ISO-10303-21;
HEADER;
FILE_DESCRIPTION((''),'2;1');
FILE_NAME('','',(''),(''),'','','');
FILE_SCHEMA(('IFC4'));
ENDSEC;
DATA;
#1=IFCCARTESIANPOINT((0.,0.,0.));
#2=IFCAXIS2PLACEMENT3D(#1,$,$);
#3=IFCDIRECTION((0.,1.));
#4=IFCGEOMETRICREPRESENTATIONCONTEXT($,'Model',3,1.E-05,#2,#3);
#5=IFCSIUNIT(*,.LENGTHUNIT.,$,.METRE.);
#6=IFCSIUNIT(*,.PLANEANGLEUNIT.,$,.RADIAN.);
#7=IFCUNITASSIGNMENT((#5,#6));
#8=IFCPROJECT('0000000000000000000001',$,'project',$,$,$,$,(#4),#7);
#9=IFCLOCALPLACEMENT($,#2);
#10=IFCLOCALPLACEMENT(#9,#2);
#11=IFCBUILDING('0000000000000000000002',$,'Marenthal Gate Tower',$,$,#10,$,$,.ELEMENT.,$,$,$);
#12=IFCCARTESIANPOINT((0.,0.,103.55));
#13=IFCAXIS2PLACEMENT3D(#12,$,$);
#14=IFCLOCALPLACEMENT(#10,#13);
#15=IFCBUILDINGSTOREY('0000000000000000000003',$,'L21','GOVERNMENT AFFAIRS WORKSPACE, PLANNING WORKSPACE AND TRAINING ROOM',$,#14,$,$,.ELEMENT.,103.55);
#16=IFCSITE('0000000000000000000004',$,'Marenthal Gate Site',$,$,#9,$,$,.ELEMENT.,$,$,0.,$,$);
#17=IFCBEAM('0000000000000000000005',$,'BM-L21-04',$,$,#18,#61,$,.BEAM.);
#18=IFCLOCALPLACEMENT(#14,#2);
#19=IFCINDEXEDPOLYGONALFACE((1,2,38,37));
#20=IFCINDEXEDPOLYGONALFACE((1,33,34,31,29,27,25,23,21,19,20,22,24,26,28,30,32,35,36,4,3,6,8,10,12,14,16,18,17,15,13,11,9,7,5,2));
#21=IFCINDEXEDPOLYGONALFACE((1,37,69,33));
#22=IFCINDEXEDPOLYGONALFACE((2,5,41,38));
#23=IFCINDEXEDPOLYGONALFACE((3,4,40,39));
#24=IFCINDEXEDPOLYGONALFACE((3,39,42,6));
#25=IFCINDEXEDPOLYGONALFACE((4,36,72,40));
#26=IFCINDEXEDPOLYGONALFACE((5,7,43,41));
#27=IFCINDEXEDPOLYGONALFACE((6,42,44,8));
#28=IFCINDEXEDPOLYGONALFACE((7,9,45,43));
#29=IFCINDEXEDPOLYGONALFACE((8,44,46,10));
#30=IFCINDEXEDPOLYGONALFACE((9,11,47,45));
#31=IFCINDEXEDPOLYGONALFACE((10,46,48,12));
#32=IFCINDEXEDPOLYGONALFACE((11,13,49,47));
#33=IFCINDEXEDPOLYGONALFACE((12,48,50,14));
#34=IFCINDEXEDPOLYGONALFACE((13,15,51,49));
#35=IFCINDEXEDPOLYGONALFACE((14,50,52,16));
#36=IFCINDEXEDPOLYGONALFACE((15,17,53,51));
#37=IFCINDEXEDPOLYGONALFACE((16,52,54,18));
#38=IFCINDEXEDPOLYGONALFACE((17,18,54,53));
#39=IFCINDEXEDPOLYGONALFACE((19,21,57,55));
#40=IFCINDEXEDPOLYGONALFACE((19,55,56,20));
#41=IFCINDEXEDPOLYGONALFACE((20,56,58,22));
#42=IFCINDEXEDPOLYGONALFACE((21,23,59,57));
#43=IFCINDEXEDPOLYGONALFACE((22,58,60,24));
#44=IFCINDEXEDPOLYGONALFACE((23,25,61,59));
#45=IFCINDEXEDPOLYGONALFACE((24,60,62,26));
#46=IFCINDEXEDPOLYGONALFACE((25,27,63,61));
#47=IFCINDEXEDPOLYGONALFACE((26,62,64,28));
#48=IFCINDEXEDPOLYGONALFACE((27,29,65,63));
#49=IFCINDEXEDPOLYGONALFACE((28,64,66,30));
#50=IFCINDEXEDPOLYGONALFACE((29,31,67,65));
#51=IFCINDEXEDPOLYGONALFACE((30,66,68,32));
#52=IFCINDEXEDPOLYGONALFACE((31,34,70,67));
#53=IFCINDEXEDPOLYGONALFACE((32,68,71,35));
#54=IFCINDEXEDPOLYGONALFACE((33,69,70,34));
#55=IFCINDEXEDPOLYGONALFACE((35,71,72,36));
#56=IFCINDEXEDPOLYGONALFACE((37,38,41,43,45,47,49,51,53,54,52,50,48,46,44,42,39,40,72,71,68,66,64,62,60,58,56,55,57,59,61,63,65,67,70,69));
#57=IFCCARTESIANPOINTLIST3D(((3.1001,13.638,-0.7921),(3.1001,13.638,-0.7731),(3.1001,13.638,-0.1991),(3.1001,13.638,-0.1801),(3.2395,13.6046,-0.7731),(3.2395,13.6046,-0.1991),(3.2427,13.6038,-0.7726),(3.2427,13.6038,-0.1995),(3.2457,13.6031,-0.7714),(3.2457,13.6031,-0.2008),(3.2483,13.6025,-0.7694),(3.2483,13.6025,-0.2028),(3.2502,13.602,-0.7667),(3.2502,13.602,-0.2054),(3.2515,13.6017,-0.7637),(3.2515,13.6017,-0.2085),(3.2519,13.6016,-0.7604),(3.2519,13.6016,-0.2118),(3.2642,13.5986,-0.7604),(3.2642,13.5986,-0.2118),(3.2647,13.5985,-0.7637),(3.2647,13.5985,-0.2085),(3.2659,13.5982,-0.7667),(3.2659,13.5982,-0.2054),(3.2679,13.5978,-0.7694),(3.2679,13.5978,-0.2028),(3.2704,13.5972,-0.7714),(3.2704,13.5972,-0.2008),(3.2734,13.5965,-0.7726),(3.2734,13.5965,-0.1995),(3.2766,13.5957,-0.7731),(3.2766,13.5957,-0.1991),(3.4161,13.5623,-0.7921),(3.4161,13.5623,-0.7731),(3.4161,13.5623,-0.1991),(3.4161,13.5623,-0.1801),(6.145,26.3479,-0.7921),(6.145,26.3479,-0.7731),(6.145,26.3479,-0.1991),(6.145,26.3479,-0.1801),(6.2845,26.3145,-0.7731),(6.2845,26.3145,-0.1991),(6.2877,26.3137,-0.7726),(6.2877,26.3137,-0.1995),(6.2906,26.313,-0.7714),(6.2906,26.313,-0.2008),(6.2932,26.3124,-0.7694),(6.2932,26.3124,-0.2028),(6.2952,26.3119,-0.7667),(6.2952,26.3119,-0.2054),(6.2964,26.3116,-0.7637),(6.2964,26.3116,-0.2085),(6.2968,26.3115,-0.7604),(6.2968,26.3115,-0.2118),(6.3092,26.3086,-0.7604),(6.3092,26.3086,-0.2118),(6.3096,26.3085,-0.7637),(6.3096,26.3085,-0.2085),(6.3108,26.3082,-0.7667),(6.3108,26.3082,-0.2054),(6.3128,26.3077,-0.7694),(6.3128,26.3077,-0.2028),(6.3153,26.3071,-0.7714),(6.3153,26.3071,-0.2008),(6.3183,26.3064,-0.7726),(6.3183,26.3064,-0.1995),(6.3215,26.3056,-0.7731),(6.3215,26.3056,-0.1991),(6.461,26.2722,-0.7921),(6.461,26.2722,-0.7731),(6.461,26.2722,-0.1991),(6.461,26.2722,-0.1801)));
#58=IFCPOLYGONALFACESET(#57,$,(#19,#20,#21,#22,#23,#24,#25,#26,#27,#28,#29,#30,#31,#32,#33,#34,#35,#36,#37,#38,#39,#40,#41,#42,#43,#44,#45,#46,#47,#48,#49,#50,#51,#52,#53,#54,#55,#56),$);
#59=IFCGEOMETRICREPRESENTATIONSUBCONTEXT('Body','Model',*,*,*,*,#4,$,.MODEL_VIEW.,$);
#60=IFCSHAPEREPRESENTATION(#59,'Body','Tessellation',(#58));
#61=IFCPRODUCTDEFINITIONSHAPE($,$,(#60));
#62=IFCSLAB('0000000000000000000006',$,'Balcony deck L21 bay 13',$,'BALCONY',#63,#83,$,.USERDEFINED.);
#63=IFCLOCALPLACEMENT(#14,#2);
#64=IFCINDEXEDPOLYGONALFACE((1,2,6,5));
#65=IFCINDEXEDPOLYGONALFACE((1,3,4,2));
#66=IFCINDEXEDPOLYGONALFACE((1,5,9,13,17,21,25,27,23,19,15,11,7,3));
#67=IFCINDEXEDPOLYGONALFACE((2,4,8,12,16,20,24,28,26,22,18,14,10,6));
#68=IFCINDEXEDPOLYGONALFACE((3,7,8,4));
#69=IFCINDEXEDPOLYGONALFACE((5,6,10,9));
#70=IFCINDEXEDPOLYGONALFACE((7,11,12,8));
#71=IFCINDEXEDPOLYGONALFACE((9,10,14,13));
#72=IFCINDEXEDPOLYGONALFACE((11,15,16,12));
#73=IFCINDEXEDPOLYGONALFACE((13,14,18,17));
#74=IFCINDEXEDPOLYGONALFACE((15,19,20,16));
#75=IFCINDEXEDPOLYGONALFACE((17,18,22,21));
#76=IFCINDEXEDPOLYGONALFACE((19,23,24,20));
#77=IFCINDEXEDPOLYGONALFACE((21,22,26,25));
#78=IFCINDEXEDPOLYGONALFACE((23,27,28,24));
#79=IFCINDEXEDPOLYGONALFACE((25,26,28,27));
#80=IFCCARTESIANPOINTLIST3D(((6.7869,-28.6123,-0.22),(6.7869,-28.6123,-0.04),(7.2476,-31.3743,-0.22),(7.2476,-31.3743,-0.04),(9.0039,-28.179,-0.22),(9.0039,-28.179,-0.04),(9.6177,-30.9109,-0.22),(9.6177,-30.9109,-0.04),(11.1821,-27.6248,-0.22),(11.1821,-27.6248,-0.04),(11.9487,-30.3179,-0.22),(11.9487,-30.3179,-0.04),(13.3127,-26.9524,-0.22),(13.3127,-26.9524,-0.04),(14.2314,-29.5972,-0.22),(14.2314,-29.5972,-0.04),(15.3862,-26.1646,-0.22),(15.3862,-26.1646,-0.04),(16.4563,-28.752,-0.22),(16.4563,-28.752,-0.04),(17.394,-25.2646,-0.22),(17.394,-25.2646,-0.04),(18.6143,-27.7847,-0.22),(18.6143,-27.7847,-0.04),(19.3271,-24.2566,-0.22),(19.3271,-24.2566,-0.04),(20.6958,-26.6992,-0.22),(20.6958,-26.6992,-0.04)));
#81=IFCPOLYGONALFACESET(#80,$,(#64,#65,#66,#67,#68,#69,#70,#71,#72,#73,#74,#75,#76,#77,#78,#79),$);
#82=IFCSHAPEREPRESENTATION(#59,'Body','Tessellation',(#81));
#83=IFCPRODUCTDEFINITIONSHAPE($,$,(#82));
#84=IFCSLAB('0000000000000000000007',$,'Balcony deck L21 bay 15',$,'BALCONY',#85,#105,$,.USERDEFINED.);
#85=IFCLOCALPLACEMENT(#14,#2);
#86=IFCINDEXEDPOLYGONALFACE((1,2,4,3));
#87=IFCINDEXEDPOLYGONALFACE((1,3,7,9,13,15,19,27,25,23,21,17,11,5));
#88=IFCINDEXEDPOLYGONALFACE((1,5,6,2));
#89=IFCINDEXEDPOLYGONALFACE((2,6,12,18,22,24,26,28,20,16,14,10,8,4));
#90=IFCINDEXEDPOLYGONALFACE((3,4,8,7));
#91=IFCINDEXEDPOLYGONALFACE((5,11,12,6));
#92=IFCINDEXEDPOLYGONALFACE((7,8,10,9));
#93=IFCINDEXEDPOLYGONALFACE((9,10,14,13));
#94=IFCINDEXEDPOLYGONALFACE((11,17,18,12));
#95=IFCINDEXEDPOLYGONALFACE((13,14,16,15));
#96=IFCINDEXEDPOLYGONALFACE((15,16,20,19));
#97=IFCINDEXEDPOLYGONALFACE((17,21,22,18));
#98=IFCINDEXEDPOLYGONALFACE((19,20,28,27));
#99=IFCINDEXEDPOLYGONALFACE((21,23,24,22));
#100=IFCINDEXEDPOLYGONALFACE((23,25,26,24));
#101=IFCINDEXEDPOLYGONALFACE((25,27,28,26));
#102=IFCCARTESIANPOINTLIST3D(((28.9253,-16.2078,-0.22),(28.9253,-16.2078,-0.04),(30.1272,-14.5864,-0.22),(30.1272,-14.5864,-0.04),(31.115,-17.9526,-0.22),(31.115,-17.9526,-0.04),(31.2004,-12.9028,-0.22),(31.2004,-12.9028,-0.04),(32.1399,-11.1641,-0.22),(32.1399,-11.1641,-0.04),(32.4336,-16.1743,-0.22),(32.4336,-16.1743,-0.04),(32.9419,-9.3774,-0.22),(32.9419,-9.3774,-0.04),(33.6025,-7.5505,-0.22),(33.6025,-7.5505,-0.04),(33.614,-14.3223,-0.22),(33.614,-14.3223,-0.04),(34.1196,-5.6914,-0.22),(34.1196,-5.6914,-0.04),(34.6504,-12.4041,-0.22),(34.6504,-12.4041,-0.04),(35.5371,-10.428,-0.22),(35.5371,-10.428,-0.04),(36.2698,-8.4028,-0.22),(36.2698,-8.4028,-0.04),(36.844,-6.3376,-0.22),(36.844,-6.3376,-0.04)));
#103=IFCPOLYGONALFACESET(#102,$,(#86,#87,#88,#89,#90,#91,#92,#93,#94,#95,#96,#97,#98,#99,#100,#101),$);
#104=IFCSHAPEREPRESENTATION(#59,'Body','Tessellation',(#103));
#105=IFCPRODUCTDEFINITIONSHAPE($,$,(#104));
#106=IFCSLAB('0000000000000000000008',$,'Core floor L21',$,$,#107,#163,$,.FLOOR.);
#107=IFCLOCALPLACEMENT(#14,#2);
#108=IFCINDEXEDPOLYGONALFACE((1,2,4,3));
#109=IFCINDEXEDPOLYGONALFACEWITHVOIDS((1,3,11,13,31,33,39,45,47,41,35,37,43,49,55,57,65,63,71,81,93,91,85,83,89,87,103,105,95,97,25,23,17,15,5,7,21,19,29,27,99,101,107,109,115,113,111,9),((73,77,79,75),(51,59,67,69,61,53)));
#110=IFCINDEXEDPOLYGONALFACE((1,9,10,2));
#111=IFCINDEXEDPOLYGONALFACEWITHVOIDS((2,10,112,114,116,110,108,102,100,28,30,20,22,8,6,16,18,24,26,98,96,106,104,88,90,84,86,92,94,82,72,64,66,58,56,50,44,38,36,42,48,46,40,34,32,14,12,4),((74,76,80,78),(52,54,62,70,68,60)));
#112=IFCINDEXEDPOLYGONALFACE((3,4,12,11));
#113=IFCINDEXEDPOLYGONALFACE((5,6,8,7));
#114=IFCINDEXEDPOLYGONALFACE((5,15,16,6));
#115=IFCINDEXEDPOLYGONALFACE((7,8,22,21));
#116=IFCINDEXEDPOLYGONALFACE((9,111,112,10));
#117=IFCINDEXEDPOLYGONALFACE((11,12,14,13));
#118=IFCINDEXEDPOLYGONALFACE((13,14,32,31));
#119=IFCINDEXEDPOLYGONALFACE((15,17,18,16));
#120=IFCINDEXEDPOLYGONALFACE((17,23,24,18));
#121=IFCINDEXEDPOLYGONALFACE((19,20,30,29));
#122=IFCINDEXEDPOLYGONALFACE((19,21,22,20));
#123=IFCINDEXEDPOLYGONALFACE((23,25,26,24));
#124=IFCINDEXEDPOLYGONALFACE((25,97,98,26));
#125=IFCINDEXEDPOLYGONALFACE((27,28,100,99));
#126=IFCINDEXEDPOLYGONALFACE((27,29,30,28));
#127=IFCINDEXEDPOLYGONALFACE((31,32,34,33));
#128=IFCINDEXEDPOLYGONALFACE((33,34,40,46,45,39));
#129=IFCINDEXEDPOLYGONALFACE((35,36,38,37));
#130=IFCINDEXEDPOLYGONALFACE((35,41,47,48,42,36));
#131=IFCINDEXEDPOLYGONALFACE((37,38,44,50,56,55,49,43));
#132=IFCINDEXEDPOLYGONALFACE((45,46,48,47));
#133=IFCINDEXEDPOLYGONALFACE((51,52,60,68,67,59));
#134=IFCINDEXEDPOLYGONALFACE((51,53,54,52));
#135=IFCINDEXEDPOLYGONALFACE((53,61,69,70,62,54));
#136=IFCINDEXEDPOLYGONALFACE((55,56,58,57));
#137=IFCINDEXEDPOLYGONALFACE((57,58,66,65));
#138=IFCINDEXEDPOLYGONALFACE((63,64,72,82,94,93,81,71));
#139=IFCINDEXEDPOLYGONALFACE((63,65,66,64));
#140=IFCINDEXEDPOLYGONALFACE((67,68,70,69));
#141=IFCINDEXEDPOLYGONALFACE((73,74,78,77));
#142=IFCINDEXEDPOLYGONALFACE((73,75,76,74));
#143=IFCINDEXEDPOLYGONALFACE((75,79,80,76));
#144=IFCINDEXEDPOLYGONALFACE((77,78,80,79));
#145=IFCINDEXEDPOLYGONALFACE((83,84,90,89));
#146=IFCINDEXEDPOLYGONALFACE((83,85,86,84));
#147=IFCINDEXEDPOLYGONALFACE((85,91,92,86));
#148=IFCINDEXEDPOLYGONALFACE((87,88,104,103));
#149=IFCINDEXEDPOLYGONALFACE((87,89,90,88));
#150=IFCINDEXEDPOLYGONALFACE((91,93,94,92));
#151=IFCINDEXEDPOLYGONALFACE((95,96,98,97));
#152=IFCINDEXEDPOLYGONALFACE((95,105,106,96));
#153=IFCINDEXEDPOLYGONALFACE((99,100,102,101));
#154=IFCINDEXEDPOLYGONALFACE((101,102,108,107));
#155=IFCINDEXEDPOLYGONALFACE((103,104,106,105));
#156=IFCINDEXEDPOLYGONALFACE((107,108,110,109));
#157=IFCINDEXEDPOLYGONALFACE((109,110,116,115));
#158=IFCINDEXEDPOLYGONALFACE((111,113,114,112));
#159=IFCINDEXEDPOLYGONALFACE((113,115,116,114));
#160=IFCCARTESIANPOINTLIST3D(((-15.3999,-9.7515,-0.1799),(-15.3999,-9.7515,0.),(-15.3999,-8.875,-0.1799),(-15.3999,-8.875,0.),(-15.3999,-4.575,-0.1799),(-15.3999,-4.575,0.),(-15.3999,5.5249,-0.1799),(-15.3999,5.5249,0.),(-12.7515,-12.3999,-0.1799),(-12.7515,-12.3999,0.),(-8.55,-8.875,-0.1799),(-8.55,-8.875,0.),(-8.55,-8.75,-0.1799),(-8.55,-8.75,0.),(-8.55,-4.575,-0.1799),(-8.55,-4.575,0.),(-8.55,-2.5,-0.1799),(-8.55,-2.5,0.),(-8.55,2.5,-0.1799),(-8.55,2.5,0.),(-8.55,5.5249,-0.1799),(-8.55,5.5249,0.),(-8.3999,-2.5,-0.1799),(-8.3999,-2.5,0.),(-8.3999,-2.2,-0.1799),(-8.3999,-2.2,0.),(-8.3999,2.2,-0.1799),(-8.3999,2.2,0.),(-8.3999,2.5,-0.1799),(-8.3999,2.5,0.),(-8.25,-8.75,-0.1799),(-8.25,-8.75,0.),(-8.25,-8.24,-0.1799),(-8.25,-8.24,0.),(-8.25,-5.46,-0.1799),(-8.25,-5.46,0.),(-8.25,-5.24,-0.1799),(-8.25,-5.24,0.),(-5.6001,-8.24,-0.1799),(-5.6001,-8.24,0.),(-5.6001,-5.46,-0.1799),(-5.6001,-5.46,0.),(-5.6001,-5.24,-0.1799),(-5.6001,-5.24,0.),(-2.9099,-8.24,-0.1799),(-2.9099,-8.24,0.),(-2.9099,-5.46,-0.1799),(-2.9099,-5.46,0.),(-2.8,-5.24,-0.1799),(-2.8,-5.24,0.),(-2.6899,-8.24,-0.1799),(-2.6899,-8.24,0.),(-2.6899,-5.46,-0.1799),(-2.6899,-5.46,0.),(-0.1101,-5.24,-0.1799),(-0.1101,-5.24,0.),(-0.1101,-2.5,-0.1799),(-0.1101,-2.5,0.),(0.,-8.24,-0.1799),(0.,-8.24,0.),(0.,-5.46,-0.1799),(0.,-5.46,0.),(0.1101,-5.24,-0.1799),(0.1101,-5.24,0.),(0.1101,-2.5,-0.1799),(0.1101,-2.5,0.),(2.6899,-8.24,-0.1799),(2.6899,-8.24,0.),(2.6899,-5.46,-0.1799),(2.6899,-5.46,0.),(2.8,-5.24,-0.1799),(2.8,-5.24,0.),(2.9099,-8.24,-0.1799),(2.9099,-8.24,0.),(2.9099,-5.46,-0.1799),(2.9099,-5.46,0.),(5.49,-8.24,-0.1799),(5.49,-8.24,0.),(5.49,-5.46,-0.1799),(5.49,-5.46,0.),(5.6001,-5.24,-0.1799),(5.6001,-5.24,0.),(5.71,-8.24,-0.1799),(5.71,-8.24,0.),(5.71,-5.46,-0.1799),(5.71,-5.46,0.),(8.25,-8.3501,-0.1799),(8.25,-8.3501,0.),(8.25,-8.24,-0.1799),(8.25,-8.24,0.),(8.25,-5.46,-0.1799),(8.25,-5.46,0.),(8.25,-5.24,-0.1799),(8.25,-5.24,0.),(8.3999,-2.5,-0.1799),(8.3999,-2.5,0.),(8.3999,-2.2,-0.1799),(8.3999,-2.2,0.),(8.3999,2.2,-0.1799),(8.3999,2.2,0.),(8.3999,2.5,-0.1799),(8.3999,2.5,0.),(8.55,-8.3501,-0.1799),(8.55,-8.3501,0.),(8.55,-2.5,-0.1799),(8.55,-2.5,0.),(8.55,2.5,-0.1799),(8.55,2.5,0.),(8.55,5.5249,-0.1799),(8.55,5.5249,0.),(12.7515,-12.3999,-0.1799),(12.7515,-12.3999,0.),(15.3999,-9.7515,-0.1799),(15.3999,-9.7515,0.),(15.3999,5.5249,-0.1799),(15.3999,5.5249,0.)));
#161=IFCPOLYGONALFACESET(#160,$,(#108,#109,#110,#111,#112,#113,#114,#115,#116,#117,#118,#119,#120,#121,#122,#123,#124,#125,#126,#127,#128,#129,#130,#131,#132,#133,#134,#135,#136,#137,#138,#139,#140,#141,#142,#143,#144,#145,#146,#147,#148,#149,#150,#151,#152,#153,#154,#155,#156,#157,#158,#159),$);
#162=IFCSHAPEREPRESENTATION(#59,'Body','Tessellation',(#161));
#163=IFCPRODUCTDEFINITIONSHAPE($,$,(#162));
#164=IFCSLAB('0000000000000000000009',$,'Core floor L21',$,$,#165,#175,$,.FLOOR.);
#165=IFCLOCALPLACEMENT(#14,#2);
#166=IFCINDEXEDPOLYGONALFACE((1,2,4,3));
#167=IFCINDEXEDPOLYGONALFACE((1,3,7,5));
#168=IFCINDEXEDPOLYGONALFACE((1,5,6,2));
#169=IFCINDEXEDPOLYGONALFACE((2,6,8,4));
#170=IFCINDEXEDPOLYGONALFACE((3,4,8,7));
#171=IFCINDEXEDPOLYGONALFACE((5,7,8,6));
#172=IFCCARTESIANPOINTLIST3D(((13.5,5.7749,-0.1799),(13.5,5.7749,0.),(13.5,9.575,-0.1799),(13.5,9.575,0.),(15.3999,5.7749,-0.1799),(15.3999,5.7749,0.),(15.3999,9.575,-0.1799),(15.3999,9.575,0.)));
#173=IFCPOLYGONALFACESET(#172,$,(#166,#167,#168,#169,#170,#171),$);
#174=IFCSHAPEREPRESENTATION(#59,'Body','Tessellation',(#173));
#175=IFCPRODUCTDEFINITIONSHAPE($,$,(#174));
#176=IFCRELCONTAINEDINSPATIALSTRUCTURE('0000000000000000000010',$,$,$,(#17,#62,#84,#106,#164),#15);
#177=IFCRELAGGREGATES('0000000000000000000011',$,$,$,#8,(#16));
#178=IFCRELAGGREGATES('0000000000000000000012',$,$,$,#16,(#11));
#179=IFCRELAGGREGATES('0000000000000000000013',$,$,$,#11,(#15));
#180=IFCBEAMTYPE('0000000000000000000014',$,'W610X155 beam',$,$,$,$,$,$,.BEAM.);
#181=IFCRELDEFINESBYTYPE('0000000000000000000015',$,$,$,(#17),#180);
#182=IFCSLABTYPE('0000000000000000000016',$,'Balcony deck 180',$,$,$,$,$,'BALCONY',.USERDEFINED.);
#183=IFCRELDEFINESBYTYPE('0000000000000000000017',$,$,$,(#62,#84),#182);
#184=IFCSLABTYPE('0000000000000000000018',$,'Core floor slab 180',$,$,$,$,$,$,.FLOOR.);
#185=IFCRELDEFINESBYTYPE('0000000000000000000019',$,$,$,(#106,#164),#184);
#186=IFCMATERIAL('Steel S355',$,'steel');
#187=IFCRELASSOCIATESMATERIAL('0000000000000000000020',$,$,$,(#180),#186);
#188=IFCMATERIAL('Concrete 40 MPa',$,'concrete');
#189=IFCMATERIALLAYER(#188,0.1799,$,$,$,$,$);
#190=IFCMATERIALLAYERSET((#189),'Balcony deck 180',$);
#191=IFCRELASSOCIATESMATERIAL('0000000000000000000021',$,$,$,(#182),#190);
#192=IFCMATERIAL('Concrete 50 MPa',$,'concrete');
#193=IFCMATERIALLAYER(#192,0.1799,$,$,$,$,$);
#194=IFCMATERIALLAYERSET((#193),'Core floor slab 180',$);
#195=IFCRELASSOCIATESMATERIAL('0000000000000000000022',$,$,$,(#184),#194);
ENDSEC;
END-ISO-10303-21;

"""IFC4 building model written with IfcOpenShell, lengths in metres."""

from ifc_helpers import new_model, si_unit, direction, frame, origin, origin_2d, place, context, subcontext, project, spatial, polyline, i_section, outline, extrude, material, layer, layer_set, material_profile, profile_set, type_object, element, save


model = new_model("IFC4")

# Units and contexts
model_context = context("Model", 3, precision=1e-05, world=origin(), true_north=direction((0.0, 1.0)))
body_context = subcontext(model_context, "Body", "Model", "MODEL_VIEW")
ifc_project = project(units=[si_unit("LENGTHUNIT", "METRE"), si_unit("PLANEANGLEUNIT", "RADIAN")], contexts=[model_context])

# Site, building, storey
site_placement = place(None, origin())
site = spatial("IfcSite", under=ifc_project, at=site_placement, Name="Marenthal Gate Site", CompositionType="ELEMENT", RefElevation=0.0)
building_placement = place(site_placement, origin())
building = spatial("IfcBuilding", under=site, at=building_placement, Name="Marenthal Gate Tower", CompositionType="ELEMENT")
storey_placement = place(building_placement, frame((0.0, 0.0, 103.55)))
storey = spatial("IfcBuildingStorey", under=building, at=storey_placement, Name="L21", Description="GOVERNMENT AFFAIRS WORKSPACE, PLANNING WORKSPACE AND TRAINING ROOM", CompositionType="ELEMENT", Elevation=103.55)

# Beam
ifc_material_1 = material(Name="Steel S355", Category="steel")
ifc_material_profile_1 = material_profile(ifc_material_1, i_section(OverallWidth=0.325, OverallDepth=0.6121, WebThickness=0.0127, FlangeThickness=0.019, FilletRadius=0.0127, at=origin_2d()), Name="W610X155")
ifc_profile_set_1 = profile_set([ifc_material_profile_1], Name="Steel S355")
beam_type_1 = type_object("IfcBeamType", Name="W610X155 beam", PredefinedType="BEAM", material=ifc_profile_set_1)
beam_1_placement = place(storey_placement, frame((6.303, 26.3101, -0.4861), z_axis=(-0.232977, -0.972482, 0.0), x_axis=(0.972482, -0.232977, 0.0)))
element("IfcBeam", 1, at=beam_1_placement, inside=storey, type_object=beam_type_1, Name="BM-L21-04", PredefinedType="BEAM", context=body_context, shape_type="SweptSolid", body=[
    extrude(i_section(OverallWidth=0.325, OverallDepth=0.6121, WebThickness=0.0127, FlangeThickness=0.019, FilletRadius=0.0127, at=origin_2d()), origin(), (0.0, 0.0, 1.0), 13.0696),
])

# Slabs
ifc_material_2 = material(Name="Concrete 40 MPa", Category="concrete")
ifc_layer_1 = layer(ifc_material_2, 0.1799)
ifc_layer_set_1 = layer_set([ifc_layer_1], Name="Balcony deck 180")
slab_type_1 = type_object("IfcSlabType", Name="Balcony deck 180", ElementType="BALCONY", PredefinedType="USERDEFINED", material=ifc_layer_set_1)
slab_1_placement = place(storey_placement, frame((0.0, 0.0, -0.22)))
element("IfcSlab", 2, at=slab_1_placement, inside=storey, type_object=slab_type_1, Name="Balcony deck L21 bay 13", ObjectType="BALCONY", PredefinedType="USERDEFINED", context=body_context, shape_type="SweptSolid", body=[
    extrude(outline(polyline([(6.7869, -28.6123), (9.0039, -28.179), (11.1821, -27.6248), (13.3127, -26.9524), (15.3862, -26.1646), (17.394, -25.2646), (19.3271, -24.2566), (20.6958, -26.6992), (18.6143, -27.7847), (16.4563, -28.752), (14.2314, -29.5972), (11.9487, -30.3179), (9.6177, -30.9109), (7.2476, -31.3743), (6.7869, -28.6123)])), origin(), (0.0, 0.0, 1.0), 0.1799),
])
slab_2_placement = place(storey_placement, frame((0.0, 0.0, -0.22)))
element("IfcSlab", 3, at=slab_2_placement, inside=storey, type_object=slab_type_1, Name="Balcony deck L21 bay 15", ObjectType="BALCONY", PredefinedType="USERDEFINED", context=body_context, shape_type="SweptSolid", body=[
    extrude(outline(polyline([(28.9253, -16.2078), (30.1272, -14.5864), (31.2004, -12.9028), (32.1399, -11.1641), (32.9419, -9.3774), (33.6025, -7.5505), (34.1196, -5.6914), (36.844, -6.3376), (36.2698, -8.4028), (35.5371, -10.428), (34.6504, -12.4041), (33.614, -14.3223), (32.4336, -16.1743), (31.115, -17.9526), (28.9253, -16.2078)])), origin(), (0.0, 0.0, 1.0), 0.1799),
])
ifc_material_3 = material(Name="Concrete 50 MPa", Category="concrete")
ifc_layer_2 = layer(ifc_material_3, 0.1799)
ifc_layer_set_2 = layer_set([ifc_layer_2], Name="Core floor slab 180")
slab_type_2 = type_object("IfcSlabType", Name="Core floor slab 180", PredefinedType="FLOOR", material=ifc_layer_set_2)
slab_3_placement = place(storey_placement, frame((0.0, 0.0, -0.1799)))
element("IfcSlab", 4, at=slab_3_placement, inside=storey, type_object=slab_type_2, Name="Core floor L21", PredefinedType="FLOOR", context=body_context, shape_type="SweptSolid", body=[
    extrude(outline(polyline([(15.3999, -9.7515), (12.7515, -12.3999), (-12.7515, -12.3999), (-15.3999, -9.7515), (-15.3999, -8.875), (-8.55, -8.875), (-8.55, -8.75), (-8.25, -8.75), (-8.25, -8.24), (-5.6001, -8.24), (-2.9099, -8.24), (-2.9099, -5.46), (-5.6001, -5.46), (-8.25, -5.46), (-8.25, -5.24), (-5.6001, -5.24), (-2.8, -5.24), (-0.1101, -5.24), (-0.1101, -2.5), (0.1101, -2.5), (0.1101, -5.24), (2.8, -5.24), (5.6001, -5.24), (8.25, -5.24), (8.25, -5.46), (5.71, -5.46), (5.71, -8.24), (8.25, -8.24), (8.25, -8.3501), (8.55, -8.3501), (8.55, -2.5), (8.3999, -2.5), (8.3999, -2.2), (-8.3999, -2.2), (-8.3999, -2.5), (-8.55, -2.5), (-8.55, -4.575), (-15.3999, -4.575), (-15.3999, 5.5249), (-8.55, 5.5249), (-8.55, 2.5), (-8.3999, 2.5), (-8.3999, 2.2), (8.3999, 2.2), (8.3999, 2.5), (8.55, 2.5), (8.55, 5.5249), (15.3999, 5.5249), (15.3999, -9.7515)]), holes=[polyline([(2.6899, -5.46), (0.0, -5.46), (-2.6899, -5.46), (-2.6899, -8.24), (0.0, -8.24), (2.6899, -8.24), (2.6899, -5.46)]), polyline([(5.49, -5.46), (2.9099, -5.46), (2.9099, -8.24), (5.49, -8.24), (5.49, -5.46)])]), origin(), (0.0, 0.0, 1.0), 0.1799),
])
slab_4_placement = place(storey_placement, frame((0.0, 0.0, -0.1799)))
element("IfcSlab", 5, at=slab_4_placement, inside=storey, type_object=slab_type_2, Name="Core floor L21", PredefinedType="FLOOR", context=body_context, shape_type="SweptSolid", body=[
    extrude(outline(polyline([(15.3999, 5.7749), (13.5, 5.7749), (13.5, 9.575), (15.3999, 9.575), (15.3999, 5.7749)])), origin(), (0.0, 0.0, 1.0), 0.1799),
])

save(model, "model.ifc")
